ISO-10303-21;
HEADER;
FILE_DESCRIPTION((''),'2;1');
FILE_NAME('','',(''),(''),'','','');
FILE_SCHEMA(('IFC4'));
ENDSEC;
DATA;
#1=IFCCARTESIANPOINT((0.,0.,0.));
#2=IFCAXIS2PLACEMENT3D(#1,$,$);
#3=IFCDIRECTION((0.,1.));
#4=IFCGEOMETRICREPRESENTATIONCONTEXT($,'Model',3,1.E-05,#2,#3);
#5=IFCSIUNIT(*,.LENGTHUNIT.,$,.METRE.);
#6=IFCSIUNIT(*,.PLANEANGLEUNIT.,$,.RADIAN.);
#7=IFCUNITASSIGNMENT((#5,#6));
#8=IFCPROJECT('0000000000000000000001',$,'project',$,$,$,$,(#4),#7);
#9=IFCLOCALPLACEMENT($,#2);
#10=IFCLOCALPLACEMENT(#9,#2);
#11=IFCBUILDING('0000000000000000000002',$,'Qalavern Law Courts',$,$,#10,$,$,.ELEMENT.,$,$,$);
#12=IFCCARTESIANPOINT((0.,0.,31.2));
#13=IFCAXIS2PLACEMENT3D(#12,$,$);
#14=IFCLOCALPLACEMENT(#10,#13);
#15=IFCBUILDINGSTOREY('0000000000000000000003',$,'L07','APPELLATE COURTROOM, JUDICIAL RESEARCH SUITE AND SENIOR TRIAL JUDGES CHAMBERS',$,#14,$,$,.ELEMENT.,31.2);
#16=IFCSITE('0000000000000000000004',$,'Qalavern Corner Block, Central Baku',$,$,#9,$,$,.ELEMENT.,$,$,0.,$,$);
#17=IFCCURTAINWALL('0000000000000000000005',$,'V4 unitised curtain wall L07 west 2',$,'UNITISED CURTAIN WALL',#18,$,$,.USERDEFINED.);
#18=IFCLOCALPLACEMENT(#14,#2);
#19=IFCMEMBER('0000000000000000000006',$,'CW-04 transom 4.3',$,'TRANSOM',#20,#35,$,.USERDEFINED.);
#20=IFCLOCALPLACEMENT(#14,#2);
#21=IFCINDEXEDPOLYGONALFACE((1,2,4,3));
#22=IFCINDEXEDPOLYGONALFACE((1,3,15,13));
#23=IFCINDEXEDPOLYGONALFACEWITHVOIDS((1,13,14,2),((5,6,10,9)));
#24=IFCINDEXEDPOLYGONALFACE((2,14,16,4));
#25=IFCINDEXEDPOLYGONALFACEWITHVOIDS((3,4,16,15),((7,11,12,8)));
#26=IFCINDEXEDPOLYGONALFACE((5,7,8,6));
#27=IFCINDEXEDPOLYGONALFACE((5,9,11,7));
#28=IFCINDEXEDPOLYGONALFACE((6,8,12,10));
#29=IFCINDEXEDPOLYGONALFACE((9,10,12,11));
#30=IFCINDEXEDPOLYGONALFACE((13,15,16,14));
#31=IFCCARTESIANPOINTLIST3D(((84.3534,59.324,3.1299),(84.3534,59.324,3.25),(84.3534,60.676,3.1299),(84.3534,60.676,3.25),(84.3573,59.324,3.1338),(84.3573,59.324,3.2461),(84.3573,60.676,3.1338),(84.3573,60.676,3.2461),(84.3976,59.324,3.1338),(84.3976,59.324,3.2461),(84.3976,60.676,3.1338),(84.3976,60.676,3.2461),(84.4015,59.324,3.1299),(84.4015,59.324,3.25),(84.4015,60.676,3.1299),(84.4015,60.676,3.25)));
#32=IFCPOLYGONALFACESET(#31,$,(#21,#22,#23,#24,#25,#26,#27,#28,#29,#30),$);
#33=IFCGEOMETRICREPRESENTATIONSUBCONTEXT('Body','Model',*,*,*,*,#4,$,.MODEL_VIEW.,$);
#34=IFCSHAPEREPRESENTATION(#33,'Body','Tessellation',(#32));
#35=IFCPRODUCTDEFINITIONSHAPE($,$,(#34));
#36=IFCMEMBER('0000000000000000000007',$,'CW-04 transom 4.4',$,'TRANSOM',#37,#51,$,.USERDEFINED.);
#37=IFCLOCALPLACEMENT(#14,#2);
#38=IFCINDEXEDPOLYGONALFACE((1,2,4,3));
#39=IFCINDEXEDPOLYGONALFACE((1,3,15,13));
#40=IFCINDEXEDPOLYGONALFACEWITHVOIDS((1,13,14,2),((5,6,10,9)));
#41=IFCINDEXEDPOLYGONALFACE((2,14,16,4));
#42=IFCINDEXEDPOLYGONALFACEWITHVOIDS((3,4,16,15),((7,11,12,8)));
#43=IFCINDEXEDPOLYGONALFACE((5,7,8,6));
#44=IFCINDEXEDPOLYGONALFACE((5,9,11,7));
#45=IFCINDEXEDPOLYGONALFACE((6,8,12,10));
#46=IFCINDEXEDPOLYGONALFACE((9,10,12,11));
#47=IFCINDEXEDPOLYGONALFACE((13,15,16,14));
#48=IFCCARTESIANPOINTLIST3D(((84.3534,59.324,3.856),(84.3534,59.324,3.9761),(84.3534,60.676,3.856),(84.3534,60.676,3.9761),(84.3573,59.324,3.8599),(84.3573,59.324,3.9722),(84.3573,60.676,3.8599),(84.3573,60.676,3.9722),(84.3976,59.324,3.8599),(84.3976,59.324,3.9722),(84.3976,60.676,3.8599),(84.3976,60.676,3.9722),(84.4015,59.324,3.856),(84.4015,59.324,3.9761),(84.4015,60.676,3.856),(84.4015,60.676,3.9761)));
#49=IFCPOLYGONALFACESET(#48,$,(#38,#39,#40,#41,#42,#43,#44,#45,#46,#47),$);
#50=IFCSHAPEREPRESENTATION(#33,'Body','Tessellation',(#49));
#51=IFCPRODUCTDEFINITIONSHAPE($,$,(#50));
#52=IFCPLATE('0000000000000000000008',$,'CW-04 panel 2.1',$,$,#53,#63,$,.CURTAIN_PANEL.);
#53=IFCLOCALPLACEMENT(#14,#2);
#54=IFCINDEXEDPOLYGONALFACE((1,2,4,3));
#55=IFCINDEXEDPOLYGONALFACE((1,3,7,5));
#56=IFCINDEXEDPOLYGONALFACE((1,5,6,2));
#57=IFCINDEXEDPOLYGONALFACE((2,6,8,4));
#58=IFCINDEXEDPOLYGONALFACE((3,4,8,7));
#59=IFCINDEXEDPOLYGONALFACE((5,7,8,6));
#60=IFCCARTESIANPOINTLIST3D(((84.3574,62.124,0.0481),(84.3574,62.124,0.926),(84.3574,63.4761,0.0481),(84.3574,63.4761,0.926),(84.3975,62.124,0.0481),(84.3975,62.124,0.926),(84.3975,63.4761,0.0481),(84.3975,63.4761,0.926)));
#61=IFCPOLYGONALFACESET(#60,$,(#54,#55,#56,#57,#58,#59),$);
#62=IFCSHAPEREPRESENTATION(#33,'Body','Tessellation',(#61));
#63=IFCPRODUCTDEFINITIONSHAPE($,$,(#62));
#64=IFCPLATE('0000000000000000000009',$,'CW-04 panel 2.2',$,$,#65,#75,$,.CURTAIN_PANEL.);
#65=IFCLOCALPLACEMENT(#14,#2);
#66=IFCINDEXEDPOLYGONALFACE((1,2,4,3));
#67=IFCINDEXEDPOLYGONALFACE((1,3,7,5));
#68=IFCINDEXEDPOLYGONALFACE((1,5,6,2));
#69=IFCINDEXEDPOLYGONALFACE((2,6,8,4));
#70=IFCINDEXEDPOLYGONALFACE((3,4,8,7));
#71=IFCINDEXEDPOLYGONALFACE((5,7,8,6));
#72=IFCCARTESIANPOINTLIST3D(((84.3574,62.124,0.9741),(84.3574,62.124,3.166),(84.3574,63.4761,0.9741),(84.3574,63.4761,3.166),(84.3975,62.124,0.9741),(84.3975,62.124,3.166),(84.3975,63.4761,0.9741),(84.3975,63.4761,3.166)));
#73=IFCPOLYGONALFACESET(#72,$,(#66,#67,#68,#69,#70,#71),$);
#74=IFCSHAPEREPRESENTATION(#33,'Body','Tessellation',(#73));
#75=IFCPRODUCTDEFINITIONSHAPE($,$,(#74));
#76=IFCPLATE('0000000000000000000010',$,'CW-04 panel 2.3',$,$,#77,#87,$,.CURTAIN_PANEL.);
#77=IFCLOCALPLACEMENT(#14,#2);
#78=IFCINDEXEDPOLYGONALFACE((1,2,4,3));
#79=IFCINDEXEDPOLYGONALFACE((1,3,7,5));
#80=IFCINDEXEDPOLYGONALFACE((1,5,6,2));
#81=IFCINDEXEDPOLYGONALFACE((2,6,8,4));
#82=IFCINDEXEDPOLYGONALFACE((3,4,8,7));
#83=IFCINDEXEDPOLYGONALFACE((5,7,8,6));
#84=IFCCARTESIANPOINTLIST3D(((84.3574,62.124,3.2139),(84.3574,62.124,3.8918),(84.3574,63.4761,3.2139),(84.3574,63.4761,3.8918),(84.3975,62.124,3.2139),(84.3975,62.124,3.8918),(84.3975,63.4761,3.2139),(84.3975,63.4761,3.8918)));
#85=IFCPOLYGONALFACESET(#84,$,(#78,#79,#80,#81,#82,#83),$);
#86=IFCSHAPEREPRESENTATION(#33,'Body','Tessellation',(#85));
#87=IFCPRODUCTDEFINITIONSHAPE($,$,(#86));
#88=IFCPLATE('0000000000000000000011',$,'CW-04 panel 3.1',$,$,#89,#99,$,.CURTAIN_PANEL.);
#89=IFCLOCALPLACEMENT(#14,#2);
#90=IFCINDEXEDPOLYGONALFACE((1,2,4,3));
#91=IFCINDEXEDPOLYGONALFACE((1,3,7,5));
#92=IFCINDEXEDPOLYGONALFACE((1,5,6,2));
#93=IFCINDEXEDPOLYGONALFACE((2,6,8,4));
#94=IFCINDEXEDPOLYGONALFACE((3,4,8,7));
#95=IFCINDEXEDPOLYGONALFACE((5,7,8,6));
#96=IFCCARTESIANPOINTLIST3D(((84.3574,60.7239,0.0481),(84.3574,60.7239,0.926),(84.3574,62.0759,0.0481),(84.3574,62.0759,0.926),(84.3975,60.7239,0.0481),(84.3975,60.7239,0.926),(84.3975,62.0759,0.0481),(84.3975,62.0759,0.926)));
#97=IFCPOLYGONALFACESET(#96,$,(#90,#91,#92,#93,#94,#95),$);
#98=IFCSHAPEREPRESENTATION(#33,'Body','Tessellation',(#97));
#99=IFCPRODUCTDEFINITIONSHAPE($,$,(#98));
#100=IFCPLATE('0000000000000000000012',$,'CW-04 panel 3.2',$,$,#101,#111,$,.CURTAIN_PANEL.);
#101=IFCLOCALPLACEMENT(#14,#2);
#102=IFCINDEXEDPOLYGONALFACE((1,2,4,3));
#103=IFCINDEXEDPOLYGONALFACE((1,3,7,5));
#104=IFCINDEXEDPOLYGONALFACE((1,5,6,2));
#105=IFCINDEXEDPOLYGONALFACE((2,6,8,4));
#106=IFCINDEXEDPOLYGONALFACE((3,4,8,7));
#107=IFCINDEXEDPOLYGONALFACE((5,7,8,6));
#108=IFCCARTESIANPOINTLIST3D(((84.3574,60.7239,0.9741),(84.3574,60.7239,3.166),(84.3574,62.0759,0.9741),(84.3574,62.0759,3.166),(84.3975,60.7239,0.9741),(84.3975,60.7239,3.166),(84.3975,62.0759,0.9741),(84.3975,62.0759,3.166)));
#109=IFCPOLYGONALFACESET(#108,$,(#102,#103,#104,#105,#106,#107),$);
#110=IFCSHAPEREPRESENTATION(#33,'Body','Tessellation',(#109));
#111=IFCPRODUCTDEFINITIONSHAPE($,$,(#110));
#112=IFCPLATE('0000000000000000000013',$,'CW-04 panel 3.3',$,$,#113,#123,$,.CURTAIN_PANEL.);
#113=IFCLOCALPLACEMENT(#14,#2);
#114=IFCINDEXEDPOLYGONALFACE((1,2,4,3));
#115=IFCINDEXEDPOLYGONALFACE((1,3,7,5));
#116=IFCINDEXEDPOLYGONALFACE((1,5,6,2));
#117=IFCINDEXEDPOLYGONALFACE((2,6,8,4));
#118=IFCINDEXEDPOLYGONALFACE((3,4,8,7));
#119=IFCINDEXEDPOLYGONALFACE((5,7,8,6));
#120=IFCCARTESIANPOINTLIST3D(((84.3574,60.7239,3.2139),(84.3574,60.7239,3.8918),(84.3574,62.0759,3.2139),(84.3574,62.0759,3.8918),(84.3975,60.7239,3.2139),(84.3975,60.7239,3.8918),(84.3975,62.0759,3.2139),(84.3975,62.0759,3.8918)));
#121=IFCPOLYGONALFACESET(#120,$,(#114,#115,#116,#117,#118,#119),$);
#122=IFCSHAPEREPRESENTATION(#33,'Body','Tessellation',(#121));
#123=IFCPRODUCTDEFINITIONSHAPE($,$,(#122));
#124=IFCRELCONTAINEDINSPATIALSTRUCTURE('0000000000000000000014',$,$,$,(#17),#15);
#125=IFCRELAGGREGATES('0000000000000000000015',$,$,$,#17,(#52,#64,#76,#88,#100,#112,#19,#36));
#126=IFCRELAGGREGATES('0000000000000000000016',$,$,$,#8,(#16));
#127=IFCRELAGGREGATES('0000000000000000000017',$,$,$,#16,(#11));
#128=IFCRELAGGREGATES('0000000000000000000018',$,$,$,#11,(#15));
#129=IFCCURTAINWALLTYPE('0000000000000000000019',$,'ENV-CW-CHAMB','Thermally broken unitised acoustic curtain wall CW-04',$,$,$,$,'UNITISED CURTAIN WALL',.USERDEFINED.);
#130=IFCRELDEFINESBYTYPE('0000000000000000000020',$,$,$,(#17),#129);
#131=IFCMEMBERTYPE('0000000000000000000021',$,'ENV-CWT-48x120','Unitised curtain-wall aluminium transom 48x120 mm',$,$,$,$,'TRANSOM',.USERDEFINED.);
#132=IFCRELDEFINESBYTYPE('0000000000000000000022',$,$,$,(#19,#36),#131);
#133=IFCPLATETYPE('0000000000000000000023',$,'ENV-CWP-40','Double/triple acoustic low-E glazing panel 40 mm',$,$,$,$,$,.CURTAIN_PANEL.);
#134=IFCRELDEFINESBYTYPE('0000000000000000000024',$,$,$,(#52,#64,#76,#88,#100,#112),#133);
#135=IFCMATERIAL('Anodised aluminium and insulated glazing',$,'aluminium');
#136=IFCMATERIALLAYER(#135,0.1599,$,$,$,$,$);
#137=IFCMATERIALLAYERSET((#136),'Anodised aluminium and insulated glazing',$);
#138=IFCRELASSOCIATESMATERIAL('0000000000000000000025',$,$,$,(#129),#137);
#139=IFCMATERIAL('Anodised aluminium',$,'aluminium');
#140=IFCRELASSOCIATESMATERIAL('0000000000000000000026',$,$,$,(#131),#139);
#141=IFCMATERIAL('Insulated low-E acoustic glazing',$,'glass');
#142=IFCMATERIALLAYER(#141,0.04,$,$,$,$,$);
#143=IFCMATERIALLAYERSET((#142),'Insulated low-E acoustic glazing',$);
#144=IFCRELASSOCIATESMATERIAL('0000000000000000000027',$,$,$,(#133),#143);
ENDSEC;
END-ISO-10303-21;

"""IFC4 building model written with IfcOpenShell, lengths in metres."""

from ifc_helpers import new_model, si_unit, direction, frame, origin, origin_2d, place, context, subcontext, project, spatial, rectangle, hollow_rectangle, extrude, material, layer, layer_set, material_profile, profile_set, type_object, element, aggregate, save


model = new_model("IFC4")

# Units and contexts
model_context = context("Model", 3, precision=1e-05, world=origin(), true_north=direction((0.0, 1.0)))
body_context = subcontext(model_context, "Body", "Model", "MODEL_VIEW")
ifc_project = project(units=[si_unit("LENGTHUNIT", "METRE"), si_unit("PLANEANGLEUNIT", "RADIAN")], contexts=[model_context])

# Site, building, storey
site_placement = place(None, origin())
site = spatial("IfcSite", under=ifc_project, at=site_placement, Name="Qalavern Corner Block, Central Baku", CompositionType="ELEMENT", RefElevation=0.0)
building_placement = place(site_placement, origin())
building = spatial("IfcBuilding", under=site, at=building_placement, Name="Qalavern Law Courts", CompositionType="ELEMENT")
storey_placement = place(building_placement, frame((0.0, 0.0, 31.2)))
storey = spatial("IfcBuildingStorey", under=building, at=storey_placement, Name="L07", Description="APPELLATE COURTROOM, JUDICIAL RESEARCH SUITE AND SENIOR TRIAL JUDGES CHAMBERS", CompositionType="ELEMENT", Elevation=31.2)

# Curtain wall, members, plates
ifc_material_1 = material(Name="Anodised aluminium and insulated glazing", Category="aluminium")
ifc_layer_1 = layer(ifc_material_1, 0.1599)
ifc_layer_set_1 = layer_set([ifc_layer_1], Name="Anodised aluminium and insulated glazing")
curtain_wall_type = type_object("IfcCurtainWallType", Name="ENV-CW-CHAMB", Description="Thermally broken unitised acoustic curtain wall CW-04", ElementType="UNITISED CURTAIN WALL", PredefinedType="USERDEFINED", material=ifc_layer_set_1)
curtain_wall_placement = place(storey_placement, origin())
curtain_wall = element("IfcCurtainWall", 1, at=curtain_wall_placement, inside=storey, type_object=curtain_wall_type, Name="V4 unitised curtain wall L07 west 2", ObjectType="UNITISED CURTAIN WALL", PredefinedType="USERDEFINED")
ifc_material_2 = material(Name="Anodised aluminium", Category="aluminium")
ifc_material_profile_1 = material_profile(ifc_material_2, hollow_rectangle(XDim=0.0481, YDim=0.1201, WallThickness=0.0039, at=origin_2d()), Name="ALU TRANSOM 48x120")
ifc_profile_set_1 = profile_set([ifc_material_profile_1], Name="Anodised aluminium")
member_type_1 = type_object("IfcMemberType", Name="ENV-CWT-48x120", Description="Unitised curtain-wall aluminium transom 48x120 mm", ElementType="TRANSOM", PredefinedType="USERDEFINED", material=ifc_profile_set_1)
member_1_placement = place(storey_placement, frame((84.3774, 60.676, 3.1899), z_axis=(0.0, -1.0, 0.0), x_axis=(1.0, 0.0, 0.0)))
member_1 = element("IfcMember", 2, at=member_1_placement, type_object=member_type_1, Name="CW-04 transom 4.3", ObjectType="TRANSOM", PredefinedType="USERDEFINED", context=body_context, shape_type="SweptSolid", body=[
    extrude(hollow_rectangle(XDim=0.0481, YDim=0.1201, WallThickness=0.0039, at=origin_2d()), origin(), (0.0, 0.0, 1.0), 1.3521),
])
member_2_placement = place(storey_placement, frame((84.3774, 60.676, 3.916), z_axis=(0.0, -1.0, 0.0), x_axis=(1.0, 0.0, 0.0)))
member_2 = element("IfcMember", 3, at=member_2_placement, type_object=member_type_1, Name="CW-04 transom 4.4", ObjectType="TRANSOM", PredefinedType="USERDEFINED", context=body_context, shape_type="SweptSolid", body=[
    extrude(hollow_rectangle(XDim=0.0481, YDim=0.1201, WallThickness=0.0039, at=origin_2d()), origin(), (0.0, 0.0, 1.0), 1.3521),
])
ifc_material_3 = material(Name="Insulated low-E acoustic glazing", Category="glass")
ifc_layer_2 = layer(ifc_material_3, 0.04)
ifc_layer_set_2 = layer_set([ifc_layer_2], Name="Insulated low-E acoustic glazing")
plate_type = type_object("IfcPlateType", Name="ENV-CWP-40", Description="Double/triple acoustic low-E glazing panel 40 mm", PredefinedType="CURTAIN_PANEL", material=ifc_layer_set_2)
plate_1_placement = place(storey_placement, frame((84.3774, 62.8, 0.0481), z_axis=(0.0, 0.0, 1.0), x_axis=(0.0, -1.0, 0.0)))
plate_1 = element("IfcPlate", 4, at=plate_1_placement, type_object=plate_type, Name="CW-04 panel 2.1", PredefinedType="CURTAIN_PANEL", context=body_context, shape_type="SweptSolid", body=[
    extrude(rectangle(XDim=1.3521, YDim=0.04, at=origin_2d()), origin(), (0.0, 0.0, 1.0), 0.8779),
])
plate_2_placement = place(storey_placement, frame((84.3774, 62.8, 0.9741), z_axis=(0.0, 0.0, 1.0), x_axis=(0.0, -1.0, 0.0)))
plate_2 = element("IfcPlate", 5, at=plate_2_placement, type_object=plate_type, Name="CW-04 panel 2.2", PredefinedType="CURTAIN_PANEL", context=body_context, shape_type="SweptSolid", body=[
    extrude(rectangle(XDim=1.3521, YDim=0.04, at=origin_2d()), origin(), (0.0, 0.0, 1.0), 2.1919),
])
plate_3_placement = place(storey_placement, frame((84.3774, 62.8, 3.2139), z_axis=(0.0, 0.0, 1.0), x_axis=(0.0, -1.0, 0.0)))
plate_3 = element("IfcPlate", 6, at=plate_3_placement, type_object=plate_type, Name="CW-04 panel 2.3", PredefinedType="CURTAIN_PANEL", context=body_context, shape_type="SweptSolid", body=[
    extrude(rectangle(XDim=1.3521, YDim=0.04, at=origin_2d()), origin(), (0.0, 0.0, 1.0), 0.678),
])
plate_4_placement = place(storey_placement, frame((84.3774, 61.3999, 0.0481), z_axis=(0.0, 0.0, 1.0), x_axis=(0.0, -1.0, 0.0)))
plate_4 = element("IfcPlate", 7, at=plate_4_placement, type_object=plate_type, Name="CW-04 panel 3.1", PredefinedType="CURTAIN_PANEL", context=body_context, shape_type="SweptSolid", body=[
    extrude(rectangle(XDim=1.3521, YDim=0.04, at=origin_2d()), origin(), (0.0, 0.0, 1.0), 0.8779),
])
plate_5_placement = place(storey_placement, frame((84.3774, 61.3999, 0.9741), z_axis=(0.0, 0.0, 1.0), x_axis=(0.0, -1.0, 0.0)))
plate_5 = element("IfcPlate", 8, at=plate_5_placement, type_object=plate_type, Name="CW-04 panel 3.2", PredefinedType="CURTAIN_PANEL", context=body_context, shape_type="SweptSolid", body=[
    extrude(rectangle(XDim=1.3521, YDim=0.04, at=origin_2d()), origin(), (0.0, 0.0, 1.0), 2.1919),
])
plate_6_placement = place(storey_placement, frame((84.3774, 61.3999, 3.2139), z_axis=(0.0, 0.0, 1.0), x_axis=(0.0, -1.0, 0.0)))
plate_6 = element("IfcPlate", 9, at=plate_6_placement, type_object=plate_type, Name="CW-04 panel 3.3", PredefinedType="CURTAIN_PANEL", context=body_context, shape_type="SweptSolid", body=[
    extrude(rectangle(XDim=1.3521, YDim=0.04, at=origin_2d()), origin(), (0.0, 0.0, 1.0), 0.678),
])
aggregate(curtain_wall, [plate_1, plate_2, plate_3, plate_4, plate_5, plate_6, member_1, member_2])

save(model, "model.ifc")
